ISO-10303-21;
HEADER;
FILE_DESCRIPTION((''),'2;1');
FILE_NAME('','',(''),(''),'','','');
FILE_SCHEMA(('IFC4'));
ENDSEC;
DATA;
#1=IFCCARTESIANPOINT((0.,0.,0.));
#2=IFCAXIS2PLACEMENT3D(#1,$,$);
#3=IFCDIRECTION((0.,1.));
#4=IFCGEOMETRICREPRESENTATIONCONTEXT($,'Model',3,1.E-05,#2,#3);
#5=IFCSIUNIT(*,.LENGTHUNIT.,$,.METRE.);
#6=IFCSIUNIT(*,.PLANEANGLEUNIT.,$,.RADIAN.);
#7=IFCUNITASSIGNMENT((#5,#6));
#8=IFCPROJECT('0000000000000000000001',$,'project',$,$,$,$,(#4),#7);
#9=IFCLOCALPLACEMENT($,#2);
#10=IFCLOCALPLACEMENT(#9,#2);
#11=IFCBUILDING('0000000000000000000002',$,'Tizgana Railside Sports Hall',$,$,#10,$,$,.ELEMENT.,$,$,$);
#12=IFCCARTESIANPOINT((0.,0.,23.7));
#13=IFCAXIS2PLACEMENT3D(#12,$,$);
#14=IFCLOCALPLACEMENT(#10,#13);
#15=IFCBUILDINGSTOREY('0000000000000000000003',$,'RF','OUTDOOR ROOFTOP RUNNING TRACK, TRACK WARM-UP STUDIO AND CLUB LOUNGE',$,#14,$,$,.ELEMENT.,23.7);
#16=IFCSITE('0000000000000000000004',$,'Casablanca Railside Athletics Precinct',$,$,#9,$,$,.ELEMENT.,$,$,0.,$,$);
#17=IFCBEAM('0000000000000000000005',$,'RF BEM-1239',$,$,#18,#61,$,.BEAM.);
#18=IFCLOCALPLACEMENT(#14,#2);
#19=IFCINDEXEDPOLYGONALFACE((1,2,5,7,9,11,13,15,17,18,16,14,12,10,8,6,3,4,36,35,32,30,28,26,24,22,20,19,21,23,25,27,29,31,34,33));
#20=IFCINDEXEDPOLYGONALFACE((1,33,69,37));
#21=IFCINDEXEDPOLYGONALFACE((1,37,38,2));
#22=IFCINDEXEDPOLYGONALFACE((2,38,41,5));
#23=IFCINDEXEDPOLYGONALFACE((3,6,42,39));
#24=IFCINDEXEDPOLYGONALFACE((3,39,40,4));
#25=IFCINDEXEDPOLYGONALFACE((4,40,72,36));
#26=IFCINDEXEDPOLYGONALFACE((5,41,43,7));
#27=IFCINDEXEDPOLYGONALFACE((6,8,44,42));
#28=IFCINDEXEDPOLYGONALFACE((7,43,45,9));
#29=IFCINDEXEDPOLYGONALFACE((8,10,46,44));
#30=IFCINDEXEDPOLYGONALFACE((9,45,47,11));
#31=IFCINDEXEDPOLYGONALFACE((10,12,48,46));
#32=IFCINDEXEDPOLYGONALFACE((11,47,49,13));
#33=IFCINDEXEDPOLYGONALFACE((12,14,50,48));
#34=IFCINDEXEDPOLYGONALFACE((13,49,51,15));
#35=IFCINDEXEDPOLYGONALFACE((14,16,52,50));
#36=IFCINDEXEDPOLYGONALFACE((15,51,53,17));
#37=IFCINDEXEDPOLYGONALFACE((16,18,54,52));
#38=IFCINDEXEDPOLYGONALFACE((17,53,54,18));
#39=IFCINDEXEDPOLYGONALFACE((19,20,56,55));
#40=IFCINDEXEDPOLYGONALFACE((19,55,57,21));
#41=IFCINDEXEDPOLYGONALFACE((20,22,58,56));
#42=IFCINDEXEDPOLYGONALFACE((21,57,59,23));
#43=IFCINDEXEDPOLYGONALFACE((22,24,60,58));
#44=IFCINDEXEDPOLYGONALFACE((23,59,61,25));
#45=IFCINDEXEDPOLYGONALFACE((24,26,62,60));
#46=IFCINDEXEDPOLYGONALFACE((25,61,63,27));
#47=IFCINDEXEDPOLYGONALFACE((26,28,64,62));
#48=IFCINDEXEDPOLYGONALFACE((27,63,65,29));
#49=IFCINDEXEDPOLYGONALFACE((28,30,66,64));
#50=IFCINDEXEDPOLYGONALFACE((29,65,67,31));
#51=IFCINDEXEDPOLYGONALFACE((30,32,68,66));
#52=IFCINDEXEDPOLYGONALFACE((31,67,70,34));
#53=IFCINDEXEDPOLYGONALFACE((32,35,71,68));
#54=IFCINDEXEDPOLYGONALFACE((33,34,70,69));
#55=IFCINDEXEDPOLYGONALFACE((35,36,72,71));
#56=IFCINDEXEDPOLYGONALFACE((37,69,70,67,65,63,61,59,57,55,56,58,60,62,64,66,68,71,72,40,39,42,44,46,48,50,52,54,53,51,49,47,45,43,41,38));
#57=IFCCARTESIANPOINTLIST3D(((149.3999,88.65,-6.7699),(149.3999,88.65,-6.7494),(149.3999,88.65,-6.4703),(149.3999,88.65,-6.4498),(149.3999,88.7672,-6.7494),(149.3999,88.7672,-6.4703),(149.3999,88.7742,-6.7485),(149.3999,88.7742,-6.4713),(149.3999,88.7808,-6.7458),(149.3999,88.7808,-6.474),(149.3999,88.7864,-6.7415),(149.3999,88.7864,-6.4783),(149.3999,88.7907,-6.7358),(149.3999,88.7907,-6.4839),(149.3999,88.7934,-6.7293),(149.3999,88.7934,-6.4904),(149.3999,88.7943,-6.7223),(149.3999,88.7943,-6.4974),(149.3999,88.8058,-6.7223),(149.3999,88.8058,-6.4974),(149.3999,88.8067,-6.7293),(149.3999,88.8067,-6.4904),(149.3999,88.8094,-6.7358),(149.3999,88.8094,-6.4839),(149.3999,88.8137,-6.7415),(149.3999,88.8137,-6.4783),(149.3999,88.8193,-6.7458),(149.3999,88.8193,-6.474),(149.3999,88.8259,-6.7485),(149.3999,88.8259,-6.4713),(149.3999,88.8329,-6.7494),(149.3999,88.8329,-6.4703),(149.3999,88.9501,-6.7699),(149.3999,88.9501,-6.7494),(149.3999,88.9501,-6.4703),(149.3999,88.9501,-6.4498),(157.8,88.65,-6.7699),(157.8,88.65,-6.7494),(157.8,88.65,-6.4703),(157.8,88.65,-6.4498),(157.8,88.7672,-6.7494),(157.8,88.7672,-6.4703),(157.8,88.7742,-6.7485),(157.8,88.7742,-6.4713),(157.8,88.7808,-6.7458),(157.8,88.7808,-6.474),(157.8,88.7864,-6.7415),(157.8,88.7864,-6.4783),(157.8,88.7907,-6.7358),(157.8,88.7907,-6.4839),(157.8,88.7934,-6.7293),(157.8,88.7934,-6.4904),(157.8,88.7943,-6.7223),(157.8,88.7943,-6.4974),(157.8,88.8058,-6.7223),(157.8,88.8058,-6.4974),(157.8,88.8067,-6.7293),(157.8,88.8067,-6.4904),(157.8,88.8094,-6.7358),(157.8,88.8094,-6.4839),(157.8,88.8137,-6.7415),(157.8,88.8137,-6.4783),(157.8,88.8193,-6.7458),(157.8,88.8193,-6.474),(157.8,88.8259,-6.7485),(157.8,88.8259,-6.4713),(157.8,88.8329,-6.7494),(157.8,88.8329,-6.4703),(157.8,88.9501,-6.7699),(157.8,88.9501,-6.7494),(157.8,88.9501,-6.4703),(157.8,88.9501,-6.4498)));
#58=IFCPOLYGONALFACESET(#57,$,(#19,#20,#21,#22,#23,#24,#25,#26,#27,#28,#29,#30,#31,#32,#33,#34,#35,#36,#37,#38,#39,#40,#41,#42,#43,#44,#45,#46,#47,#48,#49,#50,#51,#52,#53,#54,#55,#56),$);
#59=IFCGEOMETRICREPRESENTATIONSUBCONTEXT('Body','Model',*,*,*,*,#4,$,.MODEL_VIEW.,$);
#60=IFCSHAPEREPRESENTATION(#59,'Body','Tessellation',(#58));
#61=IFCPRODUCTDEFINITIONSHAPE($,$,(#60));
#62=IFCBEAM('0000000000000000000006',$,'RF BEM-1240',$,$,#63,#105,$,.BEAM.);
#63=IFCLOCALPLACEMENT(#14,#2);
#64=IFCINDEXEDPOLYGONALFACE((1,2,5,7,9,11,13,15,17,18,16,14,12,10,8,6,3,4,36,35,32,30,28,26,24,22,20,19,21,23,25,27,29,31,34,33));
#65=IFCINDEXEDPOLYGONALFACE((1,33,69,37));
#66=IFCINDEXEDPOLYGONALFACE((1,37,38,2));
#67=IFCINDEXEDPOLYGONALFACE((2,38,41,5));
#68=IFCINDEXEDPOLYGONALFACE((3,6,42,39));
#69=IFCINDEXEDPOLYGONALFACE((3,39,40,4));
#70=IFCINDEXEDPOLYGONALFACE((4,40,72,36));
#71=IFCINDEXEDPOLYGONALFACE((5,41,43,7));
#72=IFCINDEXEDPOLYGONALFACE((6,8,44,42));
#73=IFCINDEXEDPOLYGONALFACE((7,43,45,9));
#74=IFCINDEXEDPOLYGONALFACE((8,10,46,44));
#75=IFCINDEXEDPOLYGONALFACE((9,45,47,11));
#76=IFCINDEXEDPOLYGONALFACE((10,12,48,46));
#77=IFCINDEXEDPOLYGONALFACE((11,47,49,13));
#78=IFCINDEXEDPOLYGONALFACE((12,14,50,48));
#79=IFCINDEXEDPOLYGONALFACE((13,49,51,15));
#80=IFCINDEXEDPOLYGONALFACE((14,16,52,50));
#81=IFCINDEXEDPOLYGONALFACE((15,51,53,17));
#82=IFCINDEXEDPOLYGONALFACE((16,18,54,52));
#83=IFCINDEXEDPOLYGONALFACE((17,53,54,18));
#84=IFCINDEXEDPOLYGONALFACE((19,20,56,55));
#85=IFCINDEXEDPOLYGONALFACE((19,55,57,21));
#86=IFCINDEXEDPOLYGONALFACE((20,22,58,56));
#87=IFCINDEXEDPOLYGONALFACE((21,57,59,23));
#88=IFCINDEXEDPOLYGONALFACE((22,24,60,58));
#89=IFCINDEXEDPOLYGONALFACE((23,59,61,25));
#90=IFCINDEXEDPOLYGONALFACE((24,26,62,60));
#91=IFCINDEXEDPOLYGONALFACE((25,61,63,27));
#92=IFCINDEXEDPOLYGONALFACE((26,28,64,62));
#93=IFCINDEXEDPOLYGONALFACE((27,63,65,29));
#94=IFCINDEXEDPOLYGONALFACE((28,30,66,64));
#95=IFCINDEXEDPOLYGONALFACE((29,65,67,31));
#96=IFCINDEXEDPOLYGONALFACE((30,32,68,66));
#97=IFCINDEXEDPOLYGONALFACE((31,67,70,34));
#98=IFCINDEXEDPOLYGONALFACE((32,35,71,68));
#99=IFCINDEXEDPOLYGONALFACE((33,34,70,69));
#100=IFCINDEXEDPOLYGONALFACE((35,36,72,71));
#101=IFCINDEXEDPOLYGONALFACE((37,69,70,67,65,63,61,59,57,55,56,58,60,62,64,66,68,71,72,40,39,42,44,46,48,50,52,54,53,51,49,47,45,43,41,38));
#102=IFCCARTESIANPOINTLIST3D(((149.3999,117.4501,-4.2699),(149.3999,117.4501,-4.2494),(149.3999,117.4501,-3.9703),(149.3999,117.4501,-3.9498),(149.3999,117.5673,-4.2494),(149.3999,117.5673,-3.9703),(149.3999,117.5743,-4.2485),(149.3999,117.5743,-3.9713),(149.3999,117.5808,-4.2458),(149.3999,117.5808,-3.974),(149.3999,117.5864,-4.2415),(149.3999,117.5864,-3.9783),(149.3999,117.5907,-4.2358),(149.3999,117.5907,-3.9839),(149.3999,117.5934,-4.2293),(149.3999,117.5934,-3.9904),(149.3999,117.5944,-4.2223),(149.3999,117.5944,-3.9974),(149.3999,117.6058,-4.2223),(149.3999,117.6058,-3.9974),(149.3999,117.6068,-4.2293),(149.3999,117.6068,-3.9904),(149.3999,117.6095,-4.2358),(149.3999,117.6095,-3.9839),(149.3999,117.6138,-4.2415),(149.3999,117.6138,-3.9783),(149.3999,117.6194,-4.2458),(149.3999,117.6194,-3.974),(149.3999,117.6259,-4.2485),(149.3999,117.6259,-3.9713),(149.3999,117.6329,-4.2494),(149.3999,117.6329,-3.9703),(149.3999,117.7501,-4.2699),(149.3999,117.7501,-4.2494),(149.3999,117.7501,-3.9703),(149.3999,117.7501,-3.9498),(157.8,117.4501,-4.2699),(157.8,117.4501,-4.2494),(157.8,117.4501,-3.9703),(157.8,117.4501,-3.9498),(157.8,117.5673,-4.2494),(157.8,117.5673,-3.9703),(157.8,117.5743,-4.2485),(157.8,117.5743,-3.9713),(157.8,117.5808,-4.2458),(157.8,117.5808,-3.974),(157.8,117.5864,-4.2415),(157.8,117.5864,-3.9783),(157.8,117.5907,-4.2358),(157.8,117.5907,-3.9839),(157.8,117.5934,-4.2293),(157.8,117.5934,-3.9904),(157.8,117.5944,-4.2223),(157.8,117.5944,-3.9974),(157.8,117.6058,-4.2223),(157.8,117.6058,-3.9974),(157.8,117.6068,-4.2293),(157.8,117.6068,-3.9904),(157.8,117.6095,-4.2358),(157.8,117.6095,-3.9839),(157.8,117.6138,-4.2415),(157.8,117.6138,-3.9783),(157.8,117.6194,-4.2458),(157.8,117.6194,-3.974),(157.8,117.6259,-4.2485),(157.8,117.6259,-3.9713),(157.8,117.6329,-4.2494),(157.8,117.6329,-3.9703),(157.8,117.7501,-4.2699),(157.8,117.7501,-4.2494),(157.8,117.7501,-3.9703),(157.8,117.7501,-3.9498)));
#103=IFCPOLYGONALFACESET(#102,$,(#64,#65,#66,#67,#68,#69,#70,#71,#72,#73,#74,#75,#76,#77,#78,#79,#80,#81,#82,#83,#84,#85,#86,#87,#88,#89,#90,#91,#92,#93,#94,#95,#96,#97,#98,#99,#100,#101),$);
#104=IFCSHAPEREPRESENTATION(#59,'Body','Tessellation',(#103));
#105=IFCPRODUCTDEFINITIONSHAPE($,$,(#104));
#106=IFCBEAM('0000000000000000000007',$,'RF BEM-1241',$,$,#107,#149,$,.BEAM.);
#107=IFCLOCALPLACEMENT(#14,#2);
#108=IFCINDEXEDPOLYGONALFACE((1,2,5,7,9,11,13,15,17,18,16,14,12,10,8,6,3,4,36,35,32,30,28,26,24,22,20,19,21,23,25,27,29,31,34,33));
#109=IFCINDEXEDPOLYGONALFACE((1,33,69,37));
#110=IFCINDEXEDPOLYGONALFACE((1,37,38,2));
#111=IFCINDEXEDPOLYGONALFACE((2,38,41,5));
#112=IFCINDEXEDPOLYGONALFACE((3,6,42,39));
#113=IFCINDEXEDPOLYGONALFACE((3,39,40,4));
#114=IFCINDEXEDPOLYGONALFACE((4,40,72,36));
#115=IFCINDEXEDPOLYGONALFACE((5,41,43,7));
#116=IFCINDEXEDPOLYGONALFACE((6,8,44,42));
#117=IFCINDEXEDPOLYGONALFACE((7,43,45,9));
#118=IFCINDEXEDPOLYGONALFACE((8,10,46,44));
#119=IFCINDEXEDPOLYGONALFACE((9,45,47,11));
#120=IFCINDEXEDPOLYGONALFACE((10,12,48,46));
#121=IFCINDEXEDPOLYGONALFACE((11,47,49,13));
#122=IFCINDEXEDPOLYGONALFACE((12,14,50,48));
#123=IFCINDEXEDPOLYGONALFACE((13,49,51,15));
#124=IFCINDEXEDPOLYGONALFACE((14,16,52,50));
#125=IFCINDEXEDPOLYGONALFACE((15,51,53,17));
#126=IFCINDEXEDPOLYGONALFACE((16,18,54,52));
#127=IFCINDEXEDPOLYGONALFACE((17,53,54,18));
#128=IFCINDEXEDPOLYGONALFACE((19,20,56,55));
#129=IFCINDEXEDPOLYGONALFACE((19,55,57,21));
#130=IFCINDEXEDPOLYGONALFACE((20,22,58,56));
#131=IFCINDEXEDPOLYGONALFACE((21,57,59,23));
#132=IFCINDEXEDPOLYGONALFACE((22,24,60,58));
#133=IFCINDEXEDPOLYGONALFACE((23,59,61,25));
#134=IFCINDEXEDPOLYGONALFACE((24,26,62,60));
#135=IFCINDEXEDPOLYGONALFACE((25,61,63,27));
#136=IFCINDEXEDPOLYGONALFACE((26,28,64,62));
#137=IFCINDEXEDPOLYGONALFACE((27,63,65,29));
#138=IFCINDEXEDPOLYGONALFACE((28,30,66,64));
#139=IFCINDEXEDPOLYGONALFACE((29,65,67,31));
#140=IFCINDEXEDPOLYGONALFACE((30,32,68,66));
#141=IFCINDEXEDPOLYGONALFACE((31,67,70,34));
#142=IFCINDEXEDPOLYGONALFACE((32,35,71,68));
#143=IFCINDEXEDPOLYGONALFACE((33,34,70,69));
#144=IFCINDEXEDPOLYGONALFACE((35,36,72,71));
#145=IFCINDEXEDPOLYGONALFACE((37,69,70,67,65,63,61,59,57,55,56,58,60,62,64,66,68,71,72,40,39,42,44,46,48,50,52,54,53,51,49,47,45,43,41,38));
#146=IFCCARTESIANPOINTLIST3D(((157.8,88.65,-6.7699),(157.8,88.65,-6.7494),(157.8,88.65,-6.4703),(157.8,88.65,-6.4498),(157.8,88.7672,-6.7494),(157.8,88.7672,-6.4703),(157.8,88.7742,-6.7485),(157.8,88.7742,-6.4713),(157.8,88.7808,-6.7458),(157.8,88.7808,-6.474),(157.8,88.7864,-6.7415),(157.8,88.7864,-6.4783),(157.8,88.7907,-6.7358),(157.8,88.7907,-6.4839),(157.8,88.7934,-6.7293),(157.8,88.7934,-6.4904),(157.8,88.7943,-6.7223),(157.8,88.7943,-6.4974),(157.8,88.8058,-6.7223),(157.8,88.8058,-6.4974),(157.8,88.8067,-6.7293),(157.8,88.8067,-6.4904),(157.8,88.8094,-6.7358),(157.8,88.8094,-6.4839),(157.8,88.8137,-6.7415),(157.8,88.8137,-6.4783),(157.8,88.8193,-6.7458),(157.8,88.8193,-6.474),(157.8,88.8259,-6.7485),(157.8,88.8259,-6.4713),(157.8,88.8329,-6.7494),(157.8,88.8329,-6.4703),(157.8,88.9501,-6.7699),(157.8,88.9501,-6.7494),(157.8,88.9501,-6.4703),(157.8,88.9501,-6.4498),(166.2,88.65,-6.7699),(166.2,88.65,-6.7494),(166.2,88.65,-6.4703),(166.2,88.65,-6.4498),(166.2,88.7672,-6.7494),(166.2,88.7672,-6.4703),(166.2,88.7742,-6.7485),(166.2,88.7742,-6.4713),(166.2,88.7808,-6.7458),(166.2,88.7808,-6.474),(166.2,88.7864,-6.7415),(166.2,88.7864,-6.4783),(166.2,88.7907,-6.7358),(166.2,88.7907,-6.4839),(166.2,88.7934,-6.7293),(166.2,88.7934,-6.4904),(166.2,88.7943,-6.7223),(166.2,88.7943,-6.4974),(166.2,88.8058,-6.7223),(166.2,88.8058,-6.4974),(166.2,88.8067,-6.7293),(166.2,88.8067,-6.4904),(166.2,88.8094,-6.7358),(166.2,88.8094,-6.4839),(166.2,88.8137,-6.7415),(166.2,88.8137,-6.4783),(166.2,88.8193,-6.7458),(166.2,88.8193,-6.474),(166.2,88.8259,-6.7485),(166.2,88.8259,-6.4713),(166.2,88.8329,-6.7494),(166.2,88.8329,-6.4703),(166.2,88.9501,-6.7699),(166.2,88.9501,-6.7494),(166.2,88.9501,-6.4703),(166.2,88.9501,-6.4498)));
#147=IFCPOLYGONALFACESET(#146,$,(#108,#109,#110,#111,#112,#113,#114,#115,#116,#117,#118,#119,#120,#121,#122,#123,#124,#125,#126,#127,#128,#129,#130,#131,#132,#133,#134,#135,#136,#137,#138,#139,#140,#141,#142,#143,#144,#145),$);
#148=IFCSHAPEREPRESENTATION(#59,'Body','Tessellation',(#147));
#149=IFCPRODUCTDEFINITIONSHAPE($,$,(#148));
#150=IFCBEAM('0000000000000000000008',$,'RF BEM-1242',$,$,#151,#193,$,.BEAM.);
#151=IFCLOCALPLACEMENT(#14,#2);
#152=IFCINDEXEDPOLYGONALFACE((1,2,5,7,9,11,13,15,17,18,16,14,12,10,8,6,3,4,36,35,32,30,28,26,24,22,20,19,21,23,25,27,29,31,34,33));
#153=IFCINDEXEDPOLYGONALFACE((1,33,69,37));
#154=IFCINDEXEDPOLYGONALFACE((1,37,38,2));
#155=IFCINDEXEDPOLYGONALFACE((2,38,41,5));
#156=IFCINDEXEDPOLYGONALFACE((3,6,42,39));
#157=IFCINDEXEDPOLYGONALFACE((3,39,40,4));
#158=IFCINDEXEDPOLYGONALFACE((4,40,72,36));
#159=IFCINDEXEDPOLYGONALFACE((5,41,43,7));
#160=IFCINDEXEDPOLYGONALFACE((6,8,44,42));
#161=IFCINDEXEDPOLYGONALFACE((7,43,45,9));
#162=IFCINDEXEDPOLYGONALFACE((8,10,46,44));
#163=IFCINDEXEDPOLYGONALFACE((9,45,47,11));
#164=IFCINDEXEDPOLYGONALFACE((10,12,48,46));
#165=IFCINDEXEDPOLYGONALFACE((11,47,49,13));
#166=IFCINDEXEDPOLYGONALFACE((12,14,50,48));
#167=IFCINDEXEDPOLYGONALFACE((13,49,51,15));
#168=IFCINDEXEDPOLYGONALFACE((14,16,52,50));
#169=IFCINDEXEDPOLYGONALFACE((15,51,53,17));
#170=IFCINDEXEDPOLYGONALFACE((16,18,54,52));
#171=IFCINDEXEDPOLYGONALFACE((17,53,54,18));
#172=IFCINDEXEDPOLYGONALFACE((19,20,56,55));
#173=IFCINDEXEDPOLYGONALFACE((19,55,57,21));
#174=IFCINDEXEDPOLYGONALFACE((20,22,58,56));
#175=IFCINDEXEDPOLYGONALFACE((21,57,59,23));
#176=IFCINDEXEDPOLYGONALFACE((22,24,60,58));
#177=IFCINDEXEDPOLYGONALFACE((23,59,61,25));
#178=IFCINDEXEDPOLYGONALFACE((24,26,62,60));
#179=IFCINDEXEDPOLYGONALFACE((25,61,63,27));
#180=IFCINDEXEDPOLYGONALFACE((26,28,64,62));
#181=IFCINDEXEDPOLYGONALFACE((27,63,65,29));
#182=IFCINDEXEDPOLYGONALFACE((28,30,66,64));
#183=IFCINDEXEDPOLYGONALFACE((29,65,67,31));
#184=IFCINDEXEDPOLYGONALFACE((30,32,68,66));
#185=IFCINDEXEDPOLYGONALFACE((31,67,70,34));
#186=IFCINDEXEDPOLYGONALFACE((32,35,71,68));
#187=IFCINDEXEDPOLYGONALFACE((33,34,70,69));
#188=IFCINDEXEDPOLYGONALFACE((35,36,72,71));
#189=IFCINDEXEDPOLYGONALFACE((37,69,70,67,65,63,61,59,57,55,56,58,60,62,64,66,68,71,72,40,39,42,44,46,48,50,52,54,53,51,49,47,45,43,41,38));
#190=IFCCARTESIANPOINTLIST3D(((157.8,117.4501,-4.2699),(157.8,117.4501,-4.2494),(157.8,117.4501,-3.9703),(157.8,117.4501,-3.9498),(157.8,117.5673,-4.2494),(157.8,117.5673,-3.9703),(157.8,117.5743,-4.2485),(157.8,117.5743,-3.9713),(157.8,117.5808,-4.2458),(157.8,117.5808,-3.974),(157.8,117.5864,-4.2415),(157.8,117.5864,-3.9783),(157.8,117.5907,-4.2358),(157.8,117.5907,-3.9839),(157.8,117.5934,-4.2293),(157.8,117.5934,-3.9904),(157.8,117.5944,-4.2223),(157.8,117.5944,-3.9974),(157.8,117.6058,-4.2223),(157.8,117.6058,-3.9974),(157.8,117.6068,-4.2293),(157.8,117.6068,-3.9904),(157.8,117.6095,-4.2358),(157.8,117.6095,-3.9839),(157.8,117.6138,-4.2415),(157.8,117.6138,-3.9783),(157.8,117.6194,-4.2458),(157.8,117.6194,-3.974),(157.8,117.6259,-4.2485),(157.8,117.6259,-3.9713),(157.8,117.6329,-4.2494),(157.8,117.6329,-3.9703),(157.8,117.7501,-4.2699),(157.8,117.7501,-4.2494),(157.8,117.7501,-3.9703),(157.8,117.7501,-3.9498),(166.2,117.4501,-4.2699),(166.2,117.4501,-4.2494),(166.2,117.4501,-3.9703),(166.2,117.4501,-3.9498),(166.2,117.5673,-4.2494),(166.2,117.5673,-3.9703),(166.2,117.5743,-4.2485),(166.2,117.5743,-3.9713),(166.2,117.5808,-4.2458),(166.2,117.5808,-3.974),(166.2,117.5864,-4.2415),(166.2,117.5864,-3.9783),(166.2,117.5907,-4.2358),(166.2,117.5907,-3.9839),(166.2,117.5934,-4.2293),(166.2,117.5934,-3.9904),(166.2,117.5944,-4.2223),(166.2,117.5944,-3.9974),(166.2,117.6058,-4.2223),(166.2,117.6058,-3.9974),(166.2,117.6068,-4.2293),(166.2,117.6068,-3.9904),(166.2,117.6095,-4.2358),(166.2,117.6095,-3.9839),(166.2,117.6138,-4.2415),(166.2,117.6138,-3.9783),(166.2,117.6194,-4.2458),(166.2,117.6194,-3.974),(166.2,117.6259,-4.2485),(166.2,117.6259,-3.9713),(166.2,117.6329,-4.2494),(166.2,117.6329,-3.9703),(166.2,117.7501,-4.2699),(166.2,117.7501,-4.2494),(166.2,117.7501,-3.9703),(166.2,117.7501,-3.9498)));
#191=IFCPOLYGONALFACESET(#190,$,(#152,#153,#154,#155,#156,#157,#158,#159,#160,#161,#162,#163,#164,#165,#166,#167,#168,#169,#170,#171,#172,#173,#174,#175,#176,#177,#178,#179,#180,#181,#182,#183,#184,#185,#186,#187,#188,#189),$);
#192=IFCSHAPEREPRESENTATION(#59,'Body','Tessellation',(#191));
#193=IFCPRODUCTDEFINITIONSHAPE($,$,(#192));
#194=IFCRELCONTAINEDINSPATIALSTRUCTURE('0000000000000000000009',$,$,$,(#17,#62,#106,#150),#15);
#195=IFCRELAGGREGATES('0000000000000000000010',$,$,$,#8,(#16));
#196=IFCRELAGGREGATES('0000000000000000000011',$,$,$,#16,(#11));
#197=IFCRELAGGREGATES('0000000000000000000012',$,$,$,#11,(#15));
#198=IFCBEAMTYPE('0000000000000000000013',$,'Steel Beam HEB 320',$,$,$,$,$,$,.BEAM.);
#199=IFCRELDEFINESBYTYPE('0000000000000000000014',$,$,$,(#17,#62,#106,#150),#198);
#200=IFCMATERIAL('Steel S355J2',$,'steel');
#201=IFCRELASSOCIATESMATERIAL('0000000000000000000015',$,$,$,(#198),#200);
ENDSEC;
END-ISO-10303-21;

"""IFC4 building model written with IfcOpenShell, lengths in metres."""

from ifc_helpers import new_model, si_unit, direction, frame, origin, origin_2d, place, context, subcontext, project, spatial, i_section, extrude, material, material_profile, profile_set, type_object, element, save


model = new_model("IFC4")

# Units and contexts
model_context = context("Model", 3, precision=1e-05, world=origin(), true_north=direction((0.0, 1.0)))
body_context = subcontext(model_context, "Body", "Model", "MODEL_VIEW")
ifc_project = project(units=[si_unit("LENGTHUNIT", "METRE"), si_unit("PLANEANGLEUNIT", "RADIAN")], contexts=[model_context])

# Site, building, storey
site_placement = place(None, origin())
site = spatial("IfcSite", under=ifc_project, at=site_placement, Name="Casablanca Railside Athletics Precinct", CompositionType="ELEMENT", RefElevation=0.0)
building_placement = place(site_placement, origin())
building = spatial("IfcBuilding", under=site, at=building_placement, Name="Tizgana Railside Sports Hall", CompositionType="ELEMENT")
storey_placement = place(building_placement, frame((0.0, 0.0, 23.7)))
storey = spatial("IfcBuildingStorey", under=building, at=storey_placement, Name="RF", Description="OUTDOOR ROOFTOP RUNNING TRACK, TRACK WARM-UP STUDIO AND CLUB LOUNGE", CompositionType="ELEMENT", Elevation=23.7)

# Beams
ifc_material_1 = material(Name="Steel S355J2", Category="steel")
ifc_material_profile_1 = material_profile(ifc_material_1, i_section(OverallWidth=0.3, OverallDepth=0.3201, WebThickness=0.0115, FlangeThickness=0.0205, FilletRadius=0.0271, at=origin_2d()), Name="HEB 320")
ifc_profile_set_1 = profile_set([ifc_material_profile_1], Name="Steel S355J2")
beam_type = type_object("IfcBeamType", Name="Steel Beam HEB 320", PredefinedType="BEAM", material=ifc_profile_set_1)
for number, where, z_axis, x_axis, name in (
    (1, (149.3999, 88.8, -6.6099), (1.0, 0.0, 0.0), (0.0, 1.0, 0.0), "RF BEM-1239"),
    (2, (149.3999, 117.6001, -4.1099), (1.0, 0.0, 0.0), (0.0, 1.0, 0.0), "RF BEM-1240"),
):
    element("IfcBeam", number, at=place(storey_placement, frame(where, z_axis=z_axis, x_axis=x_axis)), inside=storey, type_object=beam_type, Name=name, PredefinedType="BEAM", context=body_context, shape_type="SweptSolid", body=[
        extrude(i_section(OverallWidth=0.3, OverallDepth=0.3201, WebThickness=0.0115, FlangeThickness=0.0205, FilletRadius=0.0271, at=origin_2d()), origin(), (0.0, 0.0, 1.0), 8.4001),
    ])
for number, where, z_axis, x_axis, name in (
    (3, (157.8, 88.8, -6.6099), (1.0, 0.0, 0.0), (0.0, 1.0, 0.0), "RF BEM-1241"),
    (4, (157.8, 117.6001, -4.1099), (1.0, 0.0, 0.0), (0.0, 1.0, 0.0), "RF BEM-1242"),
):
    element("IfcBeam", number, at=place(storey_placement, frame(where, z_axis=z_axis, x_axis=x_axis)), inside=storey, type_object=beam_type, Name=name, PredefinedType="BEAM", context=body_context, shape_type="SweptSolid", body=[
        extrude(i_section(OverallWidth=0.3, OverallDepth=0.3201, WebThickness=0.0115, FlangeThickness=0.0205, FilletRadius=0.0271, at=origin_2d()), origin(), (0.0, 0.0, 1.0), 8.3999),
    ])

save(model, "model.ifc")
